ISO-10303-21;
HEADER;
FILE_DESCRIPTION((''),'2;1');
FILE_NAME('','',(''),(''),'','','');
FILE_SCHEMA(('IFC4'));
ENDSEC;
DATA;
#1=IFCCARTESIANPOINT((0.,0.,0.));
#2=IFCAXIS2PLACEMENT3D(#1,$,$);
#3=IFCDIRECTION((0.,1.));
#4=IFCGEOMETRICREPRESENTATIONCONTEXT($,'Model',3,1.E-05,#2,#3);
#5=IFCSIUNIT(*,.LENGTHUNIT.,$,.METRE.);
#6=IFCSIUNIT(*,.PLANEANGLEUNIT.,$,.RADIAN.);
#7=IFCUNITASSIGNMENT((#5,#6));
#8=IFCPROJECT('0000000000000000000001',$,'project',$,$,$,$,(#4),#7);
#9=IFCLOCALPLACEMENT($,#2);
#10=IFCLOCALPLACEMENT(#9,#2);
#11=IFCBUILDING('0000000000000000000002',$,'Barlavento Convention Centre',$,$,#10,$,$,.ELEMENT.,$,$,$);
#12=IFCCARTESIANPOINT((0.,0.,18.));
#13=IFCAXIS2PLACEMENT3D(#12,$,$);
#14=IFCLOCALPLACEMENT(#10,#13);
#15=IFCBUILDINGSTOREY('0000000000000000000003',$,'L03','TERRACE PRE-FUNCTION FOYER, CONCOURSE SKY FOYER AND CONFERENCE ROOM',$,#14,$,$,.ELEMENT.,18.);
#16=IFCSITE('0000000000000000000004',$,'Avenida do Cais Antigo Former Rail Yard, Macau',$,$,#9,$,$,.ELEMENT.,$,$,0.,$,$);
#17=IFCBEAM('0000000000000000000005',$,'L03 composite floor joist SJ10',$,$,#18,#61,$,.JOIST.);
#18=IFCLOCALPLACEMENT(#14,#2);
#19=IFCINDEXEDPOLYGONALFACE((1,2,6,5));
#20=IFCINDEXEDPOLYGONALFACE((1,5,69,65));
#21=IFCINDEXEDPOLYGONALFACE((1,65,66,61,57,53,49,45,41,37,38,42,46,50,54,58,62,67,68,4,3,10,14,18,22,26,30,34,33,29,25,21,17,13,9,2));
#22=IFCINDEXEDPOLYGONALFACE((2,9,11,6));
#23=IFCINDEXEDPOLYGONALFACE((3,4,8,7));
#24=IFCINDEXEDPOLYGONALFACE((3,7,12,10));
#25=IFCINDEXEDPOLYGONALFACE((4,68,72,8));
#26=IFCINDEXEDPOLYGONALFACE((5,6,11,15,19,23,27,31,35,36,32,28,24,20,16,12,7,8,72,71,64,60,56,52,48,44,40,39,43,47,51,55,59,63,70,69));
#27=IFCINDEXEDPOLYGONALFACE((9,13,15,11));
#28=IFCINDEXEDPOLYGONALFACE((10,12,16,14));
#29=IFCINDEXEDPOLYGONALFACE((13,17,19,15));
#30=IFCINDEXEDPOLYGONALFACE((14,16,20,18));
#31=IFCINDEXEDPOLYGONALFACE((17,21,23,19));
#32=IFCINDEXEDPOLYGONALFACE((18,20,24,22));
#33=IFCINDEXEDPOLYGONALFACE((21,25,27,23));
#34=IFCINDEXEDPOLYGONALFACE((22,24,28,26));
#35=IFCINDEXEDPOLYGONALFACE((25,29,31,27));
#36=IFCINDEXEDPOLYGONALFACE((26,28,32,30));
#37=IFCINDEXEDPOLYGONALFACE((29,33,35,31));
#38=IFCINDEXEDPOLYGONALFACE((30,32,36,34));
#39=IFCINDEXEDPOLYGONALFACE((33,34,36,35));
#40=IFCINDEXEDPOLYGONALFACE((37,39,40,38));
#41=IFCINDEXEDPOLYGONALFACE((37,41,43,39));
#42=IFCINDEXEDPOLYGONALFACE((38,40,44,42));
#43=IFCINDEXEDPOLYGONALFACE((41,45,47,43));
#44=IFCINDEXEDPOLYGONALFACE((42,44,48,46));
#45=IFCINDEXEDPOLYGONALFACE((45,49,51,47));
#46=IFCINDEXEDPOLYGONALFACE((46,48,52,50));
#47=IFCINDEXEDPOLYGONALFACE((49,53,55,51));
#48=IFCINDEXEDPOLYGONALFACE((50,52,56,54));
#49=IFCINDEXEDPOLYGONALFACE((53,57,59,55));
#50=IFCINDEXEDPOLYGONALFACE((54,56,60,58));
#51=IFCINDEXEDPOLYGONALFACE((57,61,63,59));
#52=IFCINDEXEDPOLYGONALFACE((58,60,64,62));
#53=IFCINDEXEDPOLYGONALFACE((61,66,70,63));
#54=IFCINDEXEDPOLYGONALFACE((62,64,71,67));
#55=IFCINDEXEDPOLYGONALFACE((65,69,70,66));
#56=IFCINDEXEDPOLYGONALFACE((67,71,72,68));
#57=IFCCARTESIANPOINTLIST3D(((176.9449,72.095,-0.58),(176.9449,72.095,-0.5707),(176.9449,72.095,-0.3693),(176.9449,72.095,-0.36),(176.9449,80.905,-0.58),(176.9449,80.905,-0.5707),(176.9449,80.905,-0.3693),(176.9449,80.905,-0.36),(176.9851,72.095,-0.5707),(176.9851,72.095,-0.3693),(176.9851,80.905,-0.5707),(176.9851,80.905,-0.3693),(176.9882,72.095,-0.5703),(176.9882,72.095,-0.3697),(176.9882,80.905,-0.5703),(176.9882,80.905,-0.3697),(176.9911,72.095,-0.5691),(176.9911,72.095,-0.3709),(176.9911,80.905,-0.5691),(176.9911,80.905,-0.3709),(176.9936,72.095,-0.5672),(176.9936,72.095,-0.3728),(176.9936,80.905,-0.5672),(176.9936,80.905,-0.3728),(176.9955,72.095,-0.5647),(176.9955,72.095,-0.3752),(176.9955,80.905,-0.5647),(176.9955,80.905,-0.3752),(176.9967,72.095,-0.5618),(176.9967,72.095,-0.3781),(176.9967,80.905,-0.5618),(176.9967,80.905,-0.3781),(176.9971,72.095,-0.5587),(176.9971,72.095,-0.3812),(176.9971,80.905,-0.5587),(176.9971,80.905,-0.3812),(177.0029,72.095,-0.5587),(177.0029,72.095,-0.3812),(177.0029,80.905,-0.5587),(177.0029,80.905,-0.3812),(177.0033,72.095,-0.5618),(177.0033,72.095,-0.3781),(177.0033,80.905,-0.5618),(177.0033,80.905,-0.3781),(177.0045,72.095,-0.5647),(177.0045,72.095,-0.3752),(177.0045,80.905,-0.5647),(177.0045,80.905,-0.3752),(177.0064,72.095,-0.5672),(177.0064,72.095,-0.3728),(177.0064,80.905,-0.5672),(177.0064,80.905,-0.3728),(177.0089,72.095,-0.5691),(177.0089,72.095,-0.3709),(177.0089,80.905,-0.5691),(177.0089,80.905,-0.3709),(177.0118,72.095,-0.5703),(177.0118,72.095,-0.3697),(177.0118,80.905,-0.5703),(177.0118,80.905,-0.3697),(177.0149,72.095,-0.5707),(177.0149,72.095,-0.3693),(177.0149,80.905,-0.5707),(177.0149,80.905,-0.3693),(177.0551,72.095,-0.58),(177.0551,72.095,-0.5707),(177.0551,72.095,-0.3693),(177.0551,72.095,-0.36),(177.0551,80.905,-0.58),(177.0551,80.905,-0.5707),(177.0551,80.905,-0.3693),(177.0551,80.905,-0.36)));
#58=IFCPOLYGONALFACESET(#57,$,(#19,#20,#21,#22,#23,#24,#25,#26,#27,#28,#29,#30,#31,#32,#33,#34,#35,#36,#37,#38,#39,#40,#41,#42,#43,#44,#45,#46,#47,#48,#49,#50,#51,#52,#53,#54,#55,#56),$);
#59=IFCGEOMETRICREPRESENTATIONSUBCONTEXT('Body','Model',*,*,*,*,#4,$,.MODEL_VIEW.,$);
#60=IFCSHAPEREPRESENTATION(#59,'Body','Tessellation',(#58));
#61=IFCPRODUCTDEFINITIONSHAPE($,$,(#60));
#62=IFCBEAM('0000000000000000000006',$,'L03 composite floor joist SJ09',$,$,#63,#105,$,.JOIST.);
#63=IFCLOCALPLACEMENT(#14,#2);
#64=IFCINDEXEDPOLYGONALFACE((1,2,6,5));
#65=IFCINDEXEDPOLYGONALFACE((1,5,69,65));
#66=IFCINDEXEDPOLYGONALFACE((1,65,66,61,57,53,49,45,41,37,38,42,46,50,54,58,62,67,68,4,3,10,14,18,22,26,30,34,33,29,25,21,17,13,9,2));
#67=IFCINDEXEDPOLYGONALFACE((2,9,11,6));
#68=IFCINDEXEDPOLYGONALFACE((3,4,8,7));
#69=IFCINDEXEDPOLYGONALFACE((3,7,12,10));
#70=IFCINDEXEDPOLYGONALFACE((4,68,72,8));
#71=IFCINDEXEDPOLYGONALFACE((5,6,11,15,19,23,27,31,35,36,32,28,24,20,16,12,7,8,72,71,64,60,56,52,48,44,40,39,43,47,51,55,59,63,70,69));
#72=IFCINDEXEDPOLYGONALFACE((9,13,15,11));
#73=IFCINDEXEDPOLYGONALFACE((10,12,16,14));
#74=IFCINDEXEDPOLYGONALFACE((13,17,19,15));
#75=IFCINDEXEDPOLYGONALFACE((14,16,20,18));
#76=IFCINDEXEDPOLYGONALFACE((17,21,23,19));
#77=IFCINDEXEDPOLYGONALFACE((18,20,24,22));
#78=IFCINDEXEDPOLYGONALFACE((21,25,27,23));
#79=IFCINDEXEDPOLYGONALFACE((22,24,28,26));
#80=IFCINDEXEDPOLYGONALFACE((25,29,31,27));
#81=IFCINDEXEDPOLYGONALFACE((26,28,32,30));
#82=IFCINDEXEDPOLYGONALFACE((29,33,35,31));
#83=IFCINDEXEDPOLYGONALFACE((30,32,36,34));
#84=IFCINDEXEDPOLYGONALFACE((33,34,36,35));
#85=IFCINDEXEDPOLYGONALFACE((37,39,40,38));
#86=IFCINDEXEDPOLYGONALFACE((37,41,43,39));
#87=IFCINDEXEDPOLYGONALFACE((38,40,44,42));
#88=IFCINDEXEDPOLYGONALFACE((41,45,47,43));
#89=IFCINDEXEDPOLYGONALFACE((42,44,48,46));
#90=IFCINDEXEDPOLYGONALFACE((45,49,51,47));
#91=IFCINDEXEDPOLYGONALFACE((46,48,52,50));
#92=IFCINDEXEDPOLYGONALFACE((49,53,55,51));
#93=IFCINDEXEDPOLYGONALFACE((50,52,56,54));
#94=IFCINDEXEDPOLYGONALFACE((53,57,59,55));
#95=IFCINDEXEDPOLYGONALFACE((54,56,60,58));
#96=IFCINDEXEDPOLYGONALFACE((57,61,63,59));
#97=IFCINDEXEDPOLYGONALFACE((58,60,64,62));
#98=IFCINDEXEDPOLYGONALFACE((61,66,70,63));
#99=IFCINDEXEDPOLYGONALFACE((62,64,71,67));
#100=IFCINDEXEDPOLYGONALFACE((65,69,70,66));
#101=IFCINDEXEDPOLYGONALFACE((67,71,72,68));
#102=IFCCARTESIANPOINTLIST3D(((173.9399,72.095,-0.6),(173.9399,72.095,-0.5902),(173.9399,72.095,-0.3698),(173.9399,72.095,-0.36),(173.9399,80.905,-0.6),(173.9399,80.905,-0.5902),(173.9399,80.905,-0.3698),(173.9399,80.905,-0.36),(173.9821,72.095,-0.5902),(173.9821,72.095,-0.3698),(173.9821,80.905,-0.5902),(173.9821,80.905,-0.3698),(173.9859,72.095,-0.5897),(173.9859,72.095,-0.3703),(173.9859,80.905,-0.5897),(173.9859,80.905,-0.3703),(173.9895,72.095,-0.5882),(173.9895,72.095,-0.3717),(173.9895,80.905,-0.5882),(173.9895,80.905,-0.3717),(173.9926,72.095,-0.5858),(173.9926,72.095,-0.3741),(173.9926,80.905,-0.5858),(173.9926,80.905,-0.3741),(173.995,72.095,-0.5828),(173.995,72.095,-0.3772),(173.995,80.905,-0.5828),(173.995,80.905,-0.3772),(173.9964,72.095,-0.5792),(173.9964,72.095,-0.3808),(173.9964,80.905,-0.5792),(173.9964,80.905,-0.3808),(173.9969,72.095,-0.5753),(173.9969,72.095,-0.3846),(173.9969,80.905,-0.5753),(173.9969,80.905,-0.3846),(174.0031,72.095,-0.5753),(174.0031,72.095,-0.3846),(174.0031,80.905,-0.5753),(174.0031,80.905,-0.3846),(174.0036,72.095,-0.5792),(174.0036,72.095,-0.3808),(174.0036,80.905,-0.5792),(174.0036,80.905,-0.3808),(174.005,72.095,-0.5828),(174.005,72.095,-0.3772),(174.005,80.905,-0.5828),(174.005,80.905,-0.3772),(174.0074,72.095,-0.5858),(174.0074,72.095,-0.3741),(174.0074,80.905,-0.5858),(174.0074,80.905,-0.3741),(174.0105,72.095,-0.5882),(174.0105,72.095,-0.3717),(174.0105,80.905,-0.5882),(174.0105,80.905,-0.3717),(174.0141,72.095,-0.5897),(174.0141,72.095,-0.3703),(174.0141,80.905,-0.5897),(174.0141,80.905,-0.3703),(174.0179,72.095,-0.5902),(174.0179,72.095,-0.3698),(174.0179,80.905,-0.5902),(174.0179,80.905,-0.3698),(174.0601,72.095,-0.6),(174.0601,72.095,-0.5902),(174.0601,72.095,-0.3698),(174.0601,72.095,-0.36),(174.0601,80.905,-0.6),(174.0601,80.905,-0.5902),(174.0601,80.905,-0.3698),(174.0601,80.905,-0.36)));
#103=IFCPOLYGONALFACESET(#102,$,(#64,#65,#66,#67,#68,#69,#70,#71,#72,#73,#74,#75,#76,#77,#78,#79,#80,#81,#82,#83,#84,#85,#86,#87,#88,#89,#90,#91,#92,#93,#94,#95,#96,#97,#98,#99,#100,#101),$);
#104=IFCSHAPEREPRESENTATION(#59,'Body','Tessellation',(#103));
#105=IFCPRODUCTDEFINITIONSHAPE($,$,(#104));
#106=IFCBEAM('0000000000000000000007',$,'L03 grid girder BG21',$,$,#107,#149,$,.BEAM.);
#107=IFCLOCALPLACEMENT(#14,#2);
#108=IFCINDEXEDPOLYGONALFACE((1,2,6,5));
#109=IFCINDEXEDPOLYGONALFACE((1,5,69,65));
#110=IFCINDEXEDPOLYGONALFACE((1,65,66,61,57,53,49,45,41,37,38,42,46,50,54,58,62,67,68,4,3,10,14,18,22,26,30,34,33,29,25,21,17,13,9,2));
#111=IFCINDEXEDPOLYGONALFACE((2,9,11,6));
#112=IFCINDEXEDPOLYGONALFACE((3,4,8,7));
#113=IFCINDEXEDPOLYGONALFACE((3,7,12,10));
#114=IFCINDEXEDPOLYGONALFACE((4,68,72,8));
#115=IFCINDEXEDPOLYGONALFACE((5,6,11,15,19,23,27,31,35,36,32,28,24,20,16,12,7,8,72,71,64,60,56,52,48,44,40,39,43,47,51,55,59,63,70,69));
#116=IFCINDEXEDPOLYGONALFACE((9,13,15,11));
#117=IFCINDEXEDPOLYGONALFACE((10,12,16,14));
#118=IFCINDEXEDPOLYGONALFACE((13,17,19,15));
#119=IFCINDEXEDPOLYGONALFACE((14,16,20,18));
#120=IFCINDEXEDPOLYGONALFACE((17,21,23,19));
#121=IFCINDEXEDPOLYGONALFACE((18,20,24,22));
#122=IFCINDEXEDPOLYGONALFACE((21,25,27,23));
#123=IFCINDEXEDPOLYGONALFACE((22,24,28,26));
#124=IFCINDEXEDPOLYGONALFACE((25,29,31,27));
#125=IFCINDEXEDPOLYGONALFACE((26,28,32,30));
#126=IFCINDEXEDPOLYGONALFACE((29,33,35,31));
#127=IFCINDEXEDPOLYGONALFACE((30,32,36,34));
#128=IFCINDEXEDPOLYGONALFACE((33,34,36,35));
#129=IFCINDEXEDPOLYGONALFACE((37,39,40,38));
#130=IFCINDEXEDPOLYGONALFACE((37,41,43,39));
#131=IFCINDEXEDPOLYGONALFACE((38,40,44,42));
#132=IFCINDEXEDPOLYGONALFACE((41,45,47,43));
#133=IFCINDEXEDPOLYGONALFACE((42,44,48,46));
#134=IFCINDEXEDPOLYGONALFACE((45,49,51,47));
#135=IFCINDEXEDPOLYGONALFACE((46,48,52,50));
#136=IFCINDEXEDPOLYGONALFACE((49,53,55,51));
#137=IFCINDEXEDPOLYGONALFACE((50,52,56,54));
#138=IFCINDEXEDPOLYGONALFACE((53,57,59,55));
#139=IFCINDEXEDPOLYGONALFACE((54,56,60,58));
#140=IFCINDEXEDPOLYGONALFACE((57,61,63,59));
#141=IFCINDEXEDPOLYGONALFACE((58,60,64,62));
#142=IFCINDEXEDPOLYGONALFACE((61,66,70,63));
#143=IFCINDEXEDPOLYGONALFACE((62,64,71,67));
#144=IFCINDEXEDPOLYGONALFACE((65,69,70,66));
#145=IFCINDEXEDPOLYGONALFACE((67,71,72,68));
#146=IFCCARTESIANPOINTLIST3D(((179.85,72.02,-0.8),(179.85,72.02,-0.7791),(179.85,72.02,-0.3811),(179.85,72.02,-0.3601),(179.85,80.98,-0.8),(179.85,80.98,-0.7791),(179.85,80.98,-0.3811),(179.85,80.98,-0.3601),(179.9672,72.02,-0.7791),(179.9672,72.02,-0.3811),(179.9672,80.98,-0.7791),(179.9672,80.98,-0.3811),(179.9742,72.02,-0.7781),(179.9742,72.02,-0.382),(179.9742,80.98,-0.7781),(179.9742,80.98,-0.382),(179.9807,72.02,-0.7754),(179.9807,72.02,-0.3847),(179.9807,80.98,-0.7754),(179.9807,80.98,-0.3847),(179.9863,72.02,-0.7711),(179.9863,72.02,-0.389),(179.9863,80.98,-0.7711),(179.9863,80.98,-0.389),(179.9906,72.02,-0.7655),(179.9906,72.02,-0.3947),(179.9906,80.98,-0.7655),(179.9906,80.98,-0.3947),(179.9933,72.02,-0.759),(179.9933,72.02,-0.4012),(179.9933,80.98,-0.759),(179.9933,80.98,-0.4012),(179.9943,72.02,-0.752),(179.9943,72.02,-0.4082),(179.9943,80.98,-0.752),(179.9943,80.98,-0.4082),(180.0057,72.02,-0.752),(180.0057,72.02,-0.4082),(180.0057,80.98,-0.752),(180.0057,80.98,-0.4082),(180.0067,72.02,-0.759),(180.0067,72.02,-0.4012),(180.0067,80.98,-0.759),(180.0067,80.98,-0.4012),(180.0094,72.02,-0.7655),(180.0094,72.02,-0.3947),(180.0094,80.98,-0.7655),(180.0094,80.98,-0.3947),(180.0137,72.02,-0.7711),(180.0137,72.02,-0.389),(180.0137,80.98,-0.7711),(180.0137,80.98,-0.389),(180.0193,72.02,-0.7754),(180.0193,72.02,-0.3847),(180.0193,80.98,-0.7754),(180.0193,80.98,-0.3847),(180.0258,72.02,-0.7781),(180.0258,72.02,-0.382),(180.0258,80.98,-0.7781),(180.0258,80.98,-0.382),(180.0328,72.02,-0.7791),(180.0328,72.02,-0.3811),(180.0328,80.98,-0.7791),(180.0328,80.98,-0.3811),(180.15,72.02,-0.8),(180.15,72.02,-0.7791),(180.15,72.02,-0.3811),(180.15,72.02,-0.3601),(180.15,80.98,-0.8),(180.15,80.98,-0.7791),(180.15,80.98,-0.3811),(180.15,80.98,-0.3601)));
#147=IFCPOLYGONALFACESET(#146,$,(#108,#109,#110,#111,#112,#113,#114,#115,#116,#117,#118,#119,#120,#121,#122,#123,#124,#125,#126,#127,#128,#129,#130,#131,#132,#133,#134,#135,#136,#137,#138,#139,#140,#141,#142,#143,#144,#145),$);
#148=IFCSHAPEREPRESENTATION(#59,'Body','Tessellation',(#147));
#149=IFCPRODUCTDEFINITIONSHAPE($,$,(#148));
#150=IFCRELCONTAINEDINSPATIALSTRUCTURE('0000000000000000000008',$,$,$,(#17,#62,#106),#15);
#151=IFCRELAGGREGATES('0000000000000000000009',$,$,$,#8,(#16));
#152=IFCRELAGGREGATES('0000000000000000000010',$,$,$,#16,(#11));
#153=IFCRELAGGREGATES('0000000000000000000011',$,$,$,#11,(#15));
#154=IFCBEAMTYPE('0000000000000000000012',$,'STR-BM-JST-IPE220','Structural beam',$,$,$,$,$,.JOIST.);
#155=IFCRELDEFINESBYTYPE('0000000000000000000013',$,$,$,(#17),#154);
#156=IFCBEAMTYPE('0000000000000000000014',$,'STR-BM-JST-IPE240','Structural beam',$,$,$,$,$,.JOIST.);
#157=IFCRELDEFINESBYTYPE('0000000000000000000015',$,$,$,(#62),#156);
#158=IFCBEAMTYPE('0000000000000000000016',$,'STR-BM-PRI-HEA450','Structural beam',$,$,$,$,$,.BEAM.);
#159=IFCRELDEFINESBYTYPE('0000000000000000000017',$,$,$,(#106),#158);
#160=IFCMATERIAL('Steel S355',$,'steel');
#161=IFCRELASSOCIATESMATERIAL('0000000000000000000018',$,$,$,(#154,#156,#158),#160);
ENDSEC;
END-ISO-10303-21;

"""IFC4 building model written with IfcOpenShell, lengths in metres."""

from ifc_helpers import new_model, si_unit, direction, frame, origin, origin_2d, place, context, subcontext, project, spatial, i_section, extrude, material, material_profile, profile_set, type_object, element, save


model = new_model("IFC4")

# Units and contexts
model_context = context("Model", 3, precision=1e-05, world=origin(), true_north=direction((0.0, 1.0)))
body_context = subcontext(model_context, "Body", "Model", "MODEL_VIEW")
ifc_project = project(units=[si_unit("LENGTHUNIT", "METRE"), si_unit("PLANEANGLEUNIT", "RADIAN")], contexts=[model_context])

# Site, building, storey
site_placement = place(None, origin())
site = spatial("IfcSite", under=ifc_project, at=site_placement, Name="Avenida do Cais Antigo Former Rail Yard, Macau", CompositionType="ELEMENT", RefElevation=0.0)
building_placement = place(site_placement, origin())
building = spatial("IfcBuilding", under=site, at=building_placement, Name="Barlavento Convention Centre", CompositionType="ELEMENT")
storey_placement = place(building_placement, frame((0.0, 0.0, 18.0)))
storey = spatial("IfcBuildingStorey", under=building, at=storey_placement, Name="L03", Description="TERRACE PRE-FUNCTION FOYER, CONCOURSE SKY FOYER AND CONFERENCE ROOM", CompositionType="ELEMENT", Elevation=18.0)

# Shared definitions
ifc_material_1 = material(Name="Steel S355", Category="steel")

# Beams
ifc_material_profile_1 = material_profile(ifc_material_1, i_section(OverallWidth=0.1101, OverallDepth=0.22, WebThickness=0.0059, FlangeThickness=0.0093, FilletRadius=0.012, at=origin_2d()), Name="IPE 220")
ifc_profile_set_1 = profile_set([ifc_material_profile_1], Name="Steel S355")
beam_type_1 = type_object("IfcBeamType", Name="STR-BM-JST-IPE220", Description="Structural beam", PredefinedType="JOIST", material=ifc_profile_set_1)
beam_1_placement = place(storey_placement, frame((177.0, 72.095, -0.47), z_axis=(0.0, 1.0, 0.0), x_axis=(-1.0, 0.0, 0.0)))
element("IfcBeam", 1, at=beam_1_placement, inside=storey, type_object=beam_type_1, Name="L03 composite floor joist SJ10", PredefinedType="JOIST", context=body_context, shape_type="SweptSolid", body=[
    extrude(i_section(OverallWidth=0.1101, OverallDepth=0.22, WebThickness=0.0059, FlangeThickness=0.0093, FilletRadius=0.012, at=origin_2d()), origin(), (0.0, 0.0, 1.0), 8.8101),
])
ifc_material_profile_2 = material_profile(ifc_material_1, i_section(OverallWidth=0.1201, OverallDepth=0.24, WebThickness=0.0061, FlangeThickness=0.0098, FilletRadius=0.0149, at=origin_2d()), Name="IPE 240")
ifc_profile_set_2 = profile_set([ifc_material_profile_2], Name="Steel S355")
beam_type_2 = type_object("IfcBeamType", Name="STR-BM-JST-IPE240", Description="Structural beam", PredefinedType="JOIST", material=ifc_profile_set_2)
beam_2_placement = place(storey_placement, frame((174.0, 72.095, -0.48), z_axis=(0.0, 1.0, 0.0), x_axis=(-1.0, 0.0, 0.0)))
element("IfcBeam", 2, at=beam_2_placement, inside=storey, type_object=beam_type_2, Name="L03 composite floor joist SJ09", PredefinedType="JOIST", context=body_context, shape_type="SweptSolid", body=[
    extrude(i_section(OverallWidth=0.1201, OverallDepth=0.24, WebThickness=0.0061, FlangeThickness=0.0098, FilletRadius=0.0149, at=origin_2d()), origin(), (0.0, 0.0, 1.0), 8.8101),
])
ifc_material_profile_3 = material_profile(ifc_material_1, i_section(OverallWidth=0.3, OverallDepth=0.4399, WebThickness=0.0115, FlangeThickness=0.021, FilletRadius=0.0271, at=origin_2d()), Name="HEA 450")
ifc_profile_set_3 = profile_set([ifc_material_profile_3], Name="Steel S355")
beam_type_3 = type_object("IfcBeamType", Name="STR-BM-PRI-HEA450", Description="Structural beam", PredefinedType="BEAM", material=ifc_profile_set_3)
beam_3_placement = place(storey_placement, frame((180.0, 72.02, -0.5801), z_axis=(0.0, 1.0, 0.0), x_axis=(-1.0, 0.0, 0.0)))
element("IfcBeam", 3, at=beam_3_placement, inside=storey, type_object=beam_type_3, Name="L03 grid girder BG21", PredefinedType="BEAM", context=body_context, shape_type="SweptSolid", body=[
    extrude(i_section(OverallWidth=0.3, OverallDepth=0.4399, WebThickness=0.0115, FlangeThickness=0.021, FilletRadius=0.0271, at=origin_2d()), origin(), (0.0, 0.0, 1.0), 8.96),
])

save(model, "model.ifc")
